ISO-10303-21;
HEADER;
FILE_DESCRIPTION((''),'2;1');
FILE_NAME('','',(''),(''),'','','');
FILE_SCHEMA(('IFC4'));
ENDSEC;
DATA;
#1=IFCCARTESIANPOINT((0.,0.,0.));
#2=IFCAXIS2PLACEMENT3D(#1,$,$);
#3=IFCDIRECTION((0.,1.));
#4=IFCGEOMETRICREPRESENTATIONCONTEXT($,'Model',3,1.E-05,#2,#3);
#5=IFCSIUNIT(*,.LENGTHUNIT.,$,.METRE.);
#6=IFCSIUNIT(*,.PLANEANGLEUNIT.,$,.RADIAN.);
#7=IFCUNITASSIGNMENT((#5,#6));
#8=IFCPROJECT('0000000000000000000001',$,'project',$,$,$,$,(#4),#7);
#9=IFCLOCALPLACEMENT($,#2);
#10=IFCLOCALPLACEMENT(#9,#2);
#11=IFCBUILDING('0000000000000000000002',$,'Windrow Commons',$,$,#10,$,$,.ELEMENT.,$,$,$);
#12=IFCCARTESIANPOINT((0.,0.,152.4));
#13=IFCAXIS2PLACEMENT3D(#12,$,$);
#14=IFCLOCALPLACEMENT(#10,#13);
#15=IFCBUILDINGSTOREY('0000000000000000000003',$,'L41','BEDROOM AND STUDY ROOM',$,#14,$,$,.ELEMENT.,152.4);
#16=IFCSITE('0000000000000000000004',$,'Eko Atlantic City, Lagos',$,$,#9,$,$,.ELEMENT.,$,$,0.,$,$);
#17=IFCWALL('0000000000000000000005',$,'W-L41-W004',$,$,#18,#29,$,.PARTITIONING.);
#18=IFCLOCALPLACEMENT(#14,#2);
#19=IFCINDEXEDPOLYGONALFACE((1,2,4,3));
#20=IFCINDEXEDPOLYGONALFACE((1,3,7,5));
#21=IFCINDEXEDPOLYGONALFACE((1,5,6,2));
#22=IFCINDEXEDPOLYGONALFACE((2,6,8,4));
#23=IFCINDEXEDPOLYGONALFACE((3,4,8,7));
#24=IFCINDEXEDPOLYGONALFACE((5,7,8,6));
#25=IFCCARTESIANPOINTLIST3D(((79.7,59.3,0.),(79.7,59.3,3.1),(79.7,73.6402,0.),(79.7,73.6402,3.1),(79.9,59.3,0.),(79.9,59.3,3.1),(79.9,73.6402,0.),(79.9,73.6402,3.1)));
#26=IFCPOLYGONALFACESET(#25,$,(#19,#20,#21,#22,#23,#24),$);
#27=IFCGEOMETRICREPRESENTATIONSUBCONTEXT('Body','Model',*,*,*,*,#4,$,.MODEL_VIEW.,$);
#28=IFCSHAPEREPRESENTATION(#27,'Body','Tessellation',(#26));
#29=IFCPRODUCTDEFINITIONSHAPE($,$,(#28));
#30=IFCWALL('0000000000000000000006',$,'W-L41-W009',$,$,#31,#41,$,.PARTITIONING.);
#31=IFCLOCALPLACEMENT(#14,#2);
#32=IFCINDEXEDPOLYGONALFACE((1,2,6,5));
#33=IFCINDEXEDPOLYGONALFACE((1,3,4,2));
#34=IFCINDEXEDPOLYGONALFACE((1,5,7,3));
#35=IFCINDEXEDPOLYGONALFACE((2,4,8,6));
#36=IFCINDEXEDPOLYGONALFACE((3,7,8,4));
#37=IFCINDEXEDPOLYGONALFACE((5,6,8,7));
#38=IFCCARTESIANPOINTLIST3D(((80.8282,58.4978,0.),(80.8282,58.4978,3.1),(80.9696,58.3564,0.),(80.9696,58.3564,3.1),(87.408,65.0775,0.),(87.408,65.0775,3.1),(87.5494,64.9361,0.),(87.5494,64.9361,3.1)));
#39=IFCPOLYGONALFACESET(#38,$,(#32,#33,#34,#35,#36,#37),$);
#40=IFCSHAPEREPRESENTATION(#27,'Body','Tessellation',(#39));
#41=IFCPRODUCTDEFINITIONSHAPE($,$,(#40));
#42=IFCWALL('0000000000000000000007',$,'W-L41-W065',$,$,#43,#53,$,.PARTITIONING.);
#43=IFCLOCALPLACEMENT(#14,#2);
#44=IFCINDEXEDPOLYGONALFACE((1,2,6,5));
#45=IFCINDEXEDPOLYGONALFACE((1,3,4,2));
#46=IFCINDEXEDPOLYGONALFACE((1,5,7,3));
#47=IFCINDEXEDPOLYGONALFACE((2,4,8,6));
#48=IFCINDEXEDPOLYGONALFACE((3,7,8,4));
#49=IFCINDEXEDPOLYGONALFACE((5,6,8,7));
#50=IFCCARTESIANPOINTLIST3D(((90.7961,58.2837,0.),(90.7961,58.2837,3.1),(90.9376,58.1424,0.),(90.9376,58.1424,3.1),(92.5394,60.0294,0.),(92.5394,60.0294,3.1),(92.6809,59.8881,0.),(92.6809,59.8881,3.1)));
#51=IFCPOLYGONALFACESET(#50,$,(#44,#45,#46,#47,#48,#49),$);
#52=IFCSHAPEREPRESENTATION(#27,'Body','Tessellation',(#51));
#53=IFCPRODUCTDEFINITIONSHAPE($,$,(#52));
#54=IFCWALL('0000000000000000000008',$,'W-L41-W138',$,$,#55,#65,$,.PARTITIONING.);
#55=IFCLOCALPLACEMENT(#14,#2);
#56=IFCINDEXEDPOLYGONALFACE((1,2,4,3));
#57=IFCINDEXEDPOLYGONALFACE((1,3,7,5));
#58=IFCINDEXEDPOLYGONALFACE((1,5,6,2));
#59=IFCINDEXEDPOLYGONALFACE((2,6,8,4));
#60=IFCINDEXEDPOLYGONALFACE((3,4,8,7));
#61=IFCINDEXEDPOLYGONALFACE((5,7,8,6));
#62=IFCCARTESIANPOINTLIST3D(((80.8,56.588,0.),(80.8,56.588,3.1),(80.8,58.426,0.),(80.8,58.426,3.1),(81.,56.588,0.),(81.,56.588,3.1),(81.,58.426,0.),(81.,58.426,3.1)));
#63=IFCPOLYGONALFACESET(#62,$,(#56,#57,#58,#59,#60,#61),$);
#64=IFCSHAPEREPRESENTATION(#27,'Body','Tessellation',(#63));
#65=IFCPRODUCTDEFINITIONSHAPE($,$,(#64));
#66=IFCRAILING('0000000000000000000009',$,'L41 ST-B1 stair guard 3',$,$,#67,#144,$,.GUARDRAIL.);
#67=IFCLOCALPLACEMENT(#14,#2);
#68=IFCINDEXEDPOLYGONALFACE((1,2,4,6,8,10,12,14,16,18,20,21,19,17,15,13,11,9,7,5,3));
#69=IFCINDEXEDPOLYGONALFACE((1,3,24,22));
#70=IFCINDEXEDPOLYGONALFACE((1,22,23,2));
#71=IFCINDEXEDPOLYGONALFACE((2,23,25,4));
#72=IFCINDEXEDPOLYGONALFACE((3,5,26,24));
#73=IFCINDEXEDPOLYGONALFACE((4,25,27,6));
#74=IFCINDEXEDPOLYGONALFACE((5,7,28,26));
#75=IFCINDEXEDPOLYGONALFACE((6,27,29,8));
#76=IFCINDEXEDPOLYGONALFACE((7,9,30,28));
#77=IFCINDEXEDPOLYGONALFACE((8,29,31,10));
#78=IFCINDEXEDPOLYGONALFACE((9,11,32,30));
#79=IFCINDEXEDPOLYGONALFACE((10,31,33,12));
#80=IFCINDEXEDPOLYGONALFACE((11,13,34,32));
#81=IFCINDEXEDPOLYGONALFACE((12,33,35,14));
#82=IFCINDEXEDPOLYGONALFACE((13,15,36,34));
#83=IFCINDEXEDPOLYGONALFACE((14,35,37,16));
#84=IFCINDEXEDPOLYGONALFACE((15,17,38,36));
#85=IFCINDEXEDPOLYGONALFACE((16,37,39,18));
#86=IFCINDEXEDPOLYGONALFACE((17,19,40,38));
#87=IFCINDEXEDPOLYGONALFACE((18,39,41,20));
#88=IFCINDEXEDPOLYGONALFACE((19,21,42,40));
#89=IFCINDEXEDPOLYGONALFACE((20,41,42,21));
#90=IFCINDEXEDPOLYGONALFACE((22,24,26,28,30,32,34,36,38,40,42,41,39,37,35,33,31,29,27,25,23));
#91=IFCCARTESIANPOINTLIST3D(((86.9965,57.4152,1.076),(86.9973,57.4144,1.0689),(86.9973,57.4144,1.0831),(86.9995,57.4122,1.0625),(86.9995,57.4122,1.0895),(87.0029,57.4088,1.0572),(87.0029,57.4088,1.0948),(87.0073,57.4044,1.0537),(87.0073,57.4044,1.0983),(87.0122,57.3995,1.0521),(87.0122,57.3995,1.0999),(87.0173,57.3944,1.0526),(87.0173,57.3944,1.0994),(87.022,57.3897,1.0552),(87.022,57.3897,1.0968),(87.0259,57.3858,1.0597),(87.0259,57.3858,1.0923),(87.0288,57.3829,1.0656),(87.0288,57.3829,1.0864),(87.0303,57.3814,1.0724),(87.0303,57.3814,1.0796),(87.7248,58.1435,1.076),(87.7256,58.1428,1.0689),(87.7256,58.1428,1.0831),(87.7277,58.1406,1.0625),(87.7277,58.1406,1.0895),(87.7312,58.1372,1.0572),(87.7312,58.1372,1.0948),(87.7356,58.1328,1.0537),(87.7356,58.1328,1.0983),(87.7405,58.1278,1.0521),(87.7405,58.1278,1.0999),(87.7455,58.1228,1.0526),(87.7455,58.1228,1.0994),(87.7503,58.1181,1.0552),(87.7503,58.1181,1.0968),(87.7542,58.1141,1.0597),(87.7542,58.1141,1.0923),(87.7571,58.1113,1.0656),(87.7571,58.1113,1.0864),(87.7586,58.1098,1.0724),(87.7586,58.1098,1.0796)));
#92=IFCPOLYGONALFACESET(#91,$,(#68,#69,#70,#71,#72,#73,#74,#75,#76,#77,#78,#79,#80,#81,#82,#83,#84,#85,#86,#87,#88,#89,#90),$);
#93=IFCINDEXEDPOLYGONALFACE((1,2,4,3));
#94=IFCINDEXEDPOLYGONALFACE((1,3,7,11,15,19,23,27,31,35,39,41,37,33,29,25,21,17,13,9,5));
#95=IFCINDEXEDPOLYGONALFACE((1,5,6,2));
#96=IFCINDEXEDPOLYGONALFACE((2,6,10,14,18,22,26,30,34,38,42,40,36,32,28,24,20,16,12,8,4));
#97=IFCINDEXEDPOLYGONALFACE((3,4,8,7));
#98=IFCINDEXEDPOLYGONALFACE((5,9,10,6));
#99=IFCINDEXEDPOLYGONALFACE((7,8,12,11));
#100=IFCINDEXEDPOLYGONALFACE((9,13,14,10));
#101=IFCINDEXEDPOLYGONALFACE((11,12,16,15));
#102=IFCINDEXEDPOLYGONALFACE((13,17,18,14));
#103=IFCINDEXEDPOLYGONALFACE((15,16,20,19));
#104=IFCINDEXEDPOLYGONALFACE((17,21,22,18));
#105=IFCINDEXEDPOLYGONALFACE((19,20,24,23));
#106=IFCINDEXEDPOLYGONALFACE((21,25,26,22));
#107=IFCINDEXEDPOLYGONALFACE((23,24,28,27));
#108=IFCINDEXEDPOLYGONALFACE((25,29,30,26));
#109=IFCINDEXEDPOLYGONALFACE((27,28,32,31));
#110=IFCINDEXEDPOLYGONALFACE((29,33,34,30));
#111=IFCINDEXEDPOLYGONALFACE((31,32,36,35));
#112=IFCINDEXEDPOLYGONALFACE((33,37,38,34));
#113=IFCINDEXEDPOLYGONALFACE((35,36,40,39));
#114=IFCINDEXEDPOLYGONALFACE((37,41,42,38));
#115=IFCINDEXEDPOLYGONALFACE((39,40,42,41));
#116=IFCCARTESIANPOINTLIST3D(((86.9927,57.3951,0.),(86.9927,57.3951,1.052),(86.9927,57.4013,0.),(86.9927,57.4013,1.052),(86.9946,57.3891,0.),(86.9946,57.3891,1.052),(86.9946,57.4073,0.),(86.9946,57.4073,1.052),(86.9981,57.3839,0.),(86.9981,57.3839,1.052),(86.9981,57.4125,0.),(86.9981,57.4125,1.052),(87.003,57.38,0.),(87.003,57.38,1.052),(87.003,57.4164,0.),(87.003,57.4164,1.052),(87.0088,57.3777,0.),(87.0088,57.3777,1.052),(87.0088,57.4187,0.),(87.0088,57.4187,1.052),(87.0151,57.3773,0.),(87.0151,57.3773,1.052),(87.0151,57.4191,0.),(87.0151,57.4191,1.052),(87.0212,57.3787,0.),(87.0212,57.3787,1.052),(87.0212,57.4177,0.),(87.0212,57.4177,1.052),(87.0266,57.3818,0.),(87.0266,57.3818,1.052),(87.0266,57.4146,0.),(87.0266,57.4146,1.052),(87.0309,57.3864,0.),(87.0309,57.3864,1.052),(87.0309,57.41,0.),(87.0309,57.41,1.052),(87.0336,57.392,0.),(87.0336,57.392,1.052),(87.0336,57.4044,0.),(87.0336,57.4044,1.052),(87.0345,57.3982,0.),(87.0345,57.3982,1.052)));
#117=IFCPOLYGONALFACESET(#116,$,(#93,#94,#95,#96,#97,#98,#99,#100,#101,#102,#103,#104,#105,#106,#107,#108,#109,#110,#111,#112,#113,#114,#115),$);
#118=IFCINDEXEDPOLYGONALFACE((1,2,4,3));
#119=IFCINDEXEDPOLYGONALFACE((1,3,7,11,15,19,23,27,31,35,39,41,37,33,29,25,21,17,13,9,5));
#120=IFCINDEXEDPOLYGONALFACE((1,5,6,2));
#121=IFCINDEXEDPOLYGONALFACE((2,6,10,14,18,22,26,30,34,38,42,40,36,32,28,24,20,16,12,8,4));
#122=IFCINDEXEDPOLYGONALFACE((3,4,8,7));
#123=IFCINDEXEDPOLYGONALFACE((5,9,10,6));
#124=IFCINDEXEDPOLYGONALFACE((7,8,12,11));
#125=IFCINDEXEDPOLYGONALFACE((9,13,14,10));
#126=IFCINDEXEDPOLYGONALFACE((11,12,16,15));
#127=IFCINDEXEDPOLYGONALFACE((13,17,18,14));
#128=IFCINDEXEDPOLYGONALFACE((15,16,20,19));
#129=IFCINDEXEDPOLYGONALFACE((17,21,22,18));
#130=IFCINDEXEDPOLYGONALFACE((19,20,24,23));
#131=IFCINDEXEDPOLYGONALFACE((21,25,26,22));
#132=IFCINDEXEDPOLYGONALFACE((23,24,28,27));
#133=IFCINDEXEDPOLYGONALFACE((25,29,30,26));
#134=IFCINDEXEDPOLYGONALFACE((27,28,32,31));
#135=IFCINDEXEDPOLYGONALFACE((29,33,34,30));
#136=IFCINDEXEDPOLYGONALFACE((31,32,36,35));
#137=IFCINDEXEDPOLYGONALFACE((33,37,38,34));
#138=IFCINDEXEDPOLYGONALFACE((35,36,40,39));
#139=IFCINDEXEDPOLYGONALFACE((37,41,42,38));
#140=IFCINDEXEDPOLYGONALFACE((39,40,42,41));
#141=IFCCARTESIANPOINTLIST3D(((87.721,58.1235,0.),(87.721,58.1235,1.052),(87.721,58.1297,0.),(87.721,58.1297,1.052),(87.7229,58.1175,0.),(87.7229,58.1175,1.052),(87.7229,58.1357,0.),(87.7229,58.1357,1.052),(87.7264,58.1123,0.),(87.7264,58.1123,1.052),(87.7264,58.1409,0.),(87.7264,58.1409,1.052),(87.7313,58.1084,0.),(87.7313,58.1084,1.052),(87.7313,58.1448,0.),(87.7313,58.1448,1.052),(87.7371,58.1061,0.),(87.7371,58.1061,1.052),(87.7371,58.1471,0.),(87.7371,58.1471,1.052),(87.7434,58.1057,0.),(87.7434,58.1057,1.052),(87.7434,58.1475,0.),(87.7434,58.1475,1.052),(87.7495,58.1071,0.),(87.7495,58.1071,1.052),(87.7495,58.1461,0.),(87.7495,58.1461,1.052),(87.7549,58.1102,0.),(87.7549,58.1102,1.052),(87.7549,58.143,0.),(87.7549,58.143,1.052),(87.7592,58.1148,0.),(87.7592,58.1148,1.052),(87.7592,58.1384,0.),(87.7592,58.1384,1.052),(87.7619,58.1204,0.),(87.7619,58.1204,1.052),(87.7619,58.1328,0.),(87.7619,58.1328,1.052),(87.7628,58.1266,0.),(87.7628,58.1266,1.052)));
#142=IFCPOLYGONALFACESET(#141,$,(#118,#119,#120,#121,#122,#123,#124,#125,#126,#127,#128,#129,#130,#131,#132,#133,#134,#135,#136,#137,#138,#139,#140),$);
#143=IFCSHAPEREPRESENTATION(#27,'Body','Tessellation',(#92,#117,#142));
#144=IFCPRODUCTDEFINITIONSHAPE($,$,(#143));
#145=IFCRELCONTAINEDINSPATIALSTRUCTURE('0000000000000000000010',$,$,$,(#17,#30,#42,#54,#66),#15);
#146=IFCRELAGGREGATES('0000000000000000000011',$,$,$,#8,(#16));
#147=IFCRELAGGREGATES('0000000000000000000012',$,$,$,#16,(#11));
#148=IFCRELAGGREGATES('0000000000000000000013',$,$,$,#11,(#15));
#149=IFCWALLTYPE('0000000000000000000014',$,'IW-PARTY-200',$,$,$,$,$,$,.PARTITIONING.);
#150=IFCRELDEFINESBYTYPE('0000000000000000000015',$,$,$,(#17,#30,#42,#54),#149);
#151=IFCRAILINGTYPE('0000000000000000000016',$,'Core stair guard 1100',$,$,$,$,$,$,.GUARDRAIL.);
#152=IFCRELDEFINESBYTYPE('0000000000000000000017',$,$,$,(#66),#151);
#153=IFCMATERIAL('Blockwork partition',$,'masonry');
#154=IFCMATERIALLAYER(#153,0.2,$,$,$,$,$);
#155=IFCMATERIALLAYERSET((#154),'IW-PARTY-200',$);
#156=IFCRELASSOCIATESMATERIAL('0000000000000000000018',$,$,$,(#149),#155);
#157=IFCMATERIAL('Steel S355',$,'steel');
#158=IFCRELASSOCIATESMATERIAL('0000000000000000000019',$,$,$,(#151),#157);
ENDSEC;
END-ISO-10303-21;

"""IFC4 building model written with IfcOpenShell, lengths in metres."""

from ifc_helpers import new_model, si_unit, direction, frame, frame_2d, origin, origin_2d, place, context, subcontext, project, spatial, rectangle, circle, extrude, material, layer, layer_set, type_object, element, save


model = new_model("IFC4")

# Units and contexts
model_context = context("Model", 3, precision=1e-05, world=origin(), true_north=direction((0.0, 1.0)))
body_context = subcontext(model_context, "Body", "Model", "MODEL_VIEW")
ifc_project = project(units=[si_unit("LENGTHUNIT", "METRE"), si_unit("PLANEANGLEUNIT", "RADIAN")], contexts=[model_context])

# Site, building, storey
site_placement = place(None, origin())
site = spatial("IfcSite", under=ifc_project, at=site_placement, Name="Eko Atlantic City, Lagos", CompositionType="ELEMENT", RefElevation=0.0)
building_placement = place(site_placement, origin())
building = spatial("IfcBuilding", under=site, at=building_placement, Name="Windrow Commons", CompositionType="ELEMENT")
storey_placement = place(building_placement, frame((0.0, 0.0, 152.4)))
storey = spatial("IfcBuildingStorey", under=building, at=storey_placement, Name="L41", Description="BEDROOM AND STUDY ROOM", CompositionType="ELEMENT", Elevation=152.4)

# Walls
ifc_material_1 = material(Name="Blockwork partition", Category="masonry")
ifc_layer_1 = layer(ifc_material_1, 0.2)
ifc_layer_set_1 = layer_set([ifc_layer_1], Name="IW-PARTY-200")
wall_type_1 = type_object("IfcWallType", Name="IW-PARTY-200", PredefinedType="PARTITIONING", material=ifc_layer_set_1)
wall_1_placement = place(storey_placement, frame((79.8, 59.3, 0.0), z_axis=(0.0, 0.0, 1.0), x_axis=(0.0, 1.0, 0.0)))
element("IfcWall", 1, at=wall_1_placement, inside=storey, type_object=wall_type_1, Name="W-L41-W004", PredefinedType="PARTITIONING", context=body_context, shape_type="SweptSolid", body=[
    extrude(rectangle(XDim=14.3402, YDim=0.2, at=frame_2d((7.1701, 0.0))), origin(), (0.0, 0.0, 1.0), 3.1),
])
wall_2_placement = place(storey_placement, frame((80.8989, 58.4271, 0.0), z_axis=(0.0, 0.0, 1.0), x_axis=(0.707112, 0.707101, 0.0)))
element("IfcWall", 2, at=wall_2_placement, inside=storey, type_object=wall_type_1, Name="W-L41-W009", PredefinedType="PARTITIONING", context=body_context, shape_type="SweptSolid", body=[
    extrude(rectangle(XDim=9.3052, YDim=0.2, at=frame_2d((4.6526, 0.0))), origin(), (0.0, 0.0, 1.0), 3.1),
])
wall_3_placement = place(storey_placement, frame((90.8669, 58.2131, 0.0), z_axis=(0.0, 0.0, 1.0), x_axis=(0.70662, 0.707593, 0.0)))
element("IfcWall", 3, at=wall_3_placement, inside=storey, type_object=wall_type_1, Name="W-L41-W065", PredefinedType="PARTITIONING", context=body_context, shape_type="SweptSolid", body=[
    extrude(rectangle(XDim=2.4671, YDim=0.2, at=frame_2d((1.2335, 0.0))), origin(), (0.0, 0.0, 1.0), 3.1),
])
wall_4_placement = place(storey_placement, frame((80.9, 56.588, 0.0), z_axis=(0.0, 0.0, 1.0), x_axis=(0.0, 1.0, 0.0)))
element("IfcWall", 4, at=wall_4_placement, inside=storey, type_object=wall_type_1, Name="W-L41-W138", PredefinedType="PARTITIONING", context=body_context, shape_type="SweptSolid", body=[
    extrude(rectangle(XDim=1.838, YDim=0.2, at=frame_2d((0.919, 0.0))), origin(), (0.0, 0.0, 1.0), 3.1),
])

# Railing
ifc_material_2 = material(Name="Steel S355", Category="steel")
railing_type = type_object("IfcRailingType", Name="Core stair guard 1100", PredefinedType="GUARDRAIL", material=ifc_material_2)
railing_placement = place(storey_placement, frame((87.0135, 57.3982, 0.0)))
element("IfcRailing", 5, at=railing_placement, inside=storey, type_object=railing_type, Name="L41 ST-B1 stair guard 3", PredefinedType="GUARDRAIL", context=body_context, shape_type="SweptSolid", body=[
    extrude(circle(Radius=0.024, at=origin_2d()), frame((0.0, 0.0, 1.076), z_axis=(0.707058, 0.707155, 0.0), x_axis=(-0.707155, 0.707058, 0.0)), (0.0, 0.0, 1.0), 1.03),
    extrude(circle(Radius=0.021, at=origin_2d()), origin(), (0.0, 0.0, 1.0), 1.052),
    extrude(circle(Radius=0.021, at=origin_2d()), frame((0.7283, 0.7284, 0.0)), (0.0, 0.0, 1.0), 1.052),
])

save(model, "model.ifc")
